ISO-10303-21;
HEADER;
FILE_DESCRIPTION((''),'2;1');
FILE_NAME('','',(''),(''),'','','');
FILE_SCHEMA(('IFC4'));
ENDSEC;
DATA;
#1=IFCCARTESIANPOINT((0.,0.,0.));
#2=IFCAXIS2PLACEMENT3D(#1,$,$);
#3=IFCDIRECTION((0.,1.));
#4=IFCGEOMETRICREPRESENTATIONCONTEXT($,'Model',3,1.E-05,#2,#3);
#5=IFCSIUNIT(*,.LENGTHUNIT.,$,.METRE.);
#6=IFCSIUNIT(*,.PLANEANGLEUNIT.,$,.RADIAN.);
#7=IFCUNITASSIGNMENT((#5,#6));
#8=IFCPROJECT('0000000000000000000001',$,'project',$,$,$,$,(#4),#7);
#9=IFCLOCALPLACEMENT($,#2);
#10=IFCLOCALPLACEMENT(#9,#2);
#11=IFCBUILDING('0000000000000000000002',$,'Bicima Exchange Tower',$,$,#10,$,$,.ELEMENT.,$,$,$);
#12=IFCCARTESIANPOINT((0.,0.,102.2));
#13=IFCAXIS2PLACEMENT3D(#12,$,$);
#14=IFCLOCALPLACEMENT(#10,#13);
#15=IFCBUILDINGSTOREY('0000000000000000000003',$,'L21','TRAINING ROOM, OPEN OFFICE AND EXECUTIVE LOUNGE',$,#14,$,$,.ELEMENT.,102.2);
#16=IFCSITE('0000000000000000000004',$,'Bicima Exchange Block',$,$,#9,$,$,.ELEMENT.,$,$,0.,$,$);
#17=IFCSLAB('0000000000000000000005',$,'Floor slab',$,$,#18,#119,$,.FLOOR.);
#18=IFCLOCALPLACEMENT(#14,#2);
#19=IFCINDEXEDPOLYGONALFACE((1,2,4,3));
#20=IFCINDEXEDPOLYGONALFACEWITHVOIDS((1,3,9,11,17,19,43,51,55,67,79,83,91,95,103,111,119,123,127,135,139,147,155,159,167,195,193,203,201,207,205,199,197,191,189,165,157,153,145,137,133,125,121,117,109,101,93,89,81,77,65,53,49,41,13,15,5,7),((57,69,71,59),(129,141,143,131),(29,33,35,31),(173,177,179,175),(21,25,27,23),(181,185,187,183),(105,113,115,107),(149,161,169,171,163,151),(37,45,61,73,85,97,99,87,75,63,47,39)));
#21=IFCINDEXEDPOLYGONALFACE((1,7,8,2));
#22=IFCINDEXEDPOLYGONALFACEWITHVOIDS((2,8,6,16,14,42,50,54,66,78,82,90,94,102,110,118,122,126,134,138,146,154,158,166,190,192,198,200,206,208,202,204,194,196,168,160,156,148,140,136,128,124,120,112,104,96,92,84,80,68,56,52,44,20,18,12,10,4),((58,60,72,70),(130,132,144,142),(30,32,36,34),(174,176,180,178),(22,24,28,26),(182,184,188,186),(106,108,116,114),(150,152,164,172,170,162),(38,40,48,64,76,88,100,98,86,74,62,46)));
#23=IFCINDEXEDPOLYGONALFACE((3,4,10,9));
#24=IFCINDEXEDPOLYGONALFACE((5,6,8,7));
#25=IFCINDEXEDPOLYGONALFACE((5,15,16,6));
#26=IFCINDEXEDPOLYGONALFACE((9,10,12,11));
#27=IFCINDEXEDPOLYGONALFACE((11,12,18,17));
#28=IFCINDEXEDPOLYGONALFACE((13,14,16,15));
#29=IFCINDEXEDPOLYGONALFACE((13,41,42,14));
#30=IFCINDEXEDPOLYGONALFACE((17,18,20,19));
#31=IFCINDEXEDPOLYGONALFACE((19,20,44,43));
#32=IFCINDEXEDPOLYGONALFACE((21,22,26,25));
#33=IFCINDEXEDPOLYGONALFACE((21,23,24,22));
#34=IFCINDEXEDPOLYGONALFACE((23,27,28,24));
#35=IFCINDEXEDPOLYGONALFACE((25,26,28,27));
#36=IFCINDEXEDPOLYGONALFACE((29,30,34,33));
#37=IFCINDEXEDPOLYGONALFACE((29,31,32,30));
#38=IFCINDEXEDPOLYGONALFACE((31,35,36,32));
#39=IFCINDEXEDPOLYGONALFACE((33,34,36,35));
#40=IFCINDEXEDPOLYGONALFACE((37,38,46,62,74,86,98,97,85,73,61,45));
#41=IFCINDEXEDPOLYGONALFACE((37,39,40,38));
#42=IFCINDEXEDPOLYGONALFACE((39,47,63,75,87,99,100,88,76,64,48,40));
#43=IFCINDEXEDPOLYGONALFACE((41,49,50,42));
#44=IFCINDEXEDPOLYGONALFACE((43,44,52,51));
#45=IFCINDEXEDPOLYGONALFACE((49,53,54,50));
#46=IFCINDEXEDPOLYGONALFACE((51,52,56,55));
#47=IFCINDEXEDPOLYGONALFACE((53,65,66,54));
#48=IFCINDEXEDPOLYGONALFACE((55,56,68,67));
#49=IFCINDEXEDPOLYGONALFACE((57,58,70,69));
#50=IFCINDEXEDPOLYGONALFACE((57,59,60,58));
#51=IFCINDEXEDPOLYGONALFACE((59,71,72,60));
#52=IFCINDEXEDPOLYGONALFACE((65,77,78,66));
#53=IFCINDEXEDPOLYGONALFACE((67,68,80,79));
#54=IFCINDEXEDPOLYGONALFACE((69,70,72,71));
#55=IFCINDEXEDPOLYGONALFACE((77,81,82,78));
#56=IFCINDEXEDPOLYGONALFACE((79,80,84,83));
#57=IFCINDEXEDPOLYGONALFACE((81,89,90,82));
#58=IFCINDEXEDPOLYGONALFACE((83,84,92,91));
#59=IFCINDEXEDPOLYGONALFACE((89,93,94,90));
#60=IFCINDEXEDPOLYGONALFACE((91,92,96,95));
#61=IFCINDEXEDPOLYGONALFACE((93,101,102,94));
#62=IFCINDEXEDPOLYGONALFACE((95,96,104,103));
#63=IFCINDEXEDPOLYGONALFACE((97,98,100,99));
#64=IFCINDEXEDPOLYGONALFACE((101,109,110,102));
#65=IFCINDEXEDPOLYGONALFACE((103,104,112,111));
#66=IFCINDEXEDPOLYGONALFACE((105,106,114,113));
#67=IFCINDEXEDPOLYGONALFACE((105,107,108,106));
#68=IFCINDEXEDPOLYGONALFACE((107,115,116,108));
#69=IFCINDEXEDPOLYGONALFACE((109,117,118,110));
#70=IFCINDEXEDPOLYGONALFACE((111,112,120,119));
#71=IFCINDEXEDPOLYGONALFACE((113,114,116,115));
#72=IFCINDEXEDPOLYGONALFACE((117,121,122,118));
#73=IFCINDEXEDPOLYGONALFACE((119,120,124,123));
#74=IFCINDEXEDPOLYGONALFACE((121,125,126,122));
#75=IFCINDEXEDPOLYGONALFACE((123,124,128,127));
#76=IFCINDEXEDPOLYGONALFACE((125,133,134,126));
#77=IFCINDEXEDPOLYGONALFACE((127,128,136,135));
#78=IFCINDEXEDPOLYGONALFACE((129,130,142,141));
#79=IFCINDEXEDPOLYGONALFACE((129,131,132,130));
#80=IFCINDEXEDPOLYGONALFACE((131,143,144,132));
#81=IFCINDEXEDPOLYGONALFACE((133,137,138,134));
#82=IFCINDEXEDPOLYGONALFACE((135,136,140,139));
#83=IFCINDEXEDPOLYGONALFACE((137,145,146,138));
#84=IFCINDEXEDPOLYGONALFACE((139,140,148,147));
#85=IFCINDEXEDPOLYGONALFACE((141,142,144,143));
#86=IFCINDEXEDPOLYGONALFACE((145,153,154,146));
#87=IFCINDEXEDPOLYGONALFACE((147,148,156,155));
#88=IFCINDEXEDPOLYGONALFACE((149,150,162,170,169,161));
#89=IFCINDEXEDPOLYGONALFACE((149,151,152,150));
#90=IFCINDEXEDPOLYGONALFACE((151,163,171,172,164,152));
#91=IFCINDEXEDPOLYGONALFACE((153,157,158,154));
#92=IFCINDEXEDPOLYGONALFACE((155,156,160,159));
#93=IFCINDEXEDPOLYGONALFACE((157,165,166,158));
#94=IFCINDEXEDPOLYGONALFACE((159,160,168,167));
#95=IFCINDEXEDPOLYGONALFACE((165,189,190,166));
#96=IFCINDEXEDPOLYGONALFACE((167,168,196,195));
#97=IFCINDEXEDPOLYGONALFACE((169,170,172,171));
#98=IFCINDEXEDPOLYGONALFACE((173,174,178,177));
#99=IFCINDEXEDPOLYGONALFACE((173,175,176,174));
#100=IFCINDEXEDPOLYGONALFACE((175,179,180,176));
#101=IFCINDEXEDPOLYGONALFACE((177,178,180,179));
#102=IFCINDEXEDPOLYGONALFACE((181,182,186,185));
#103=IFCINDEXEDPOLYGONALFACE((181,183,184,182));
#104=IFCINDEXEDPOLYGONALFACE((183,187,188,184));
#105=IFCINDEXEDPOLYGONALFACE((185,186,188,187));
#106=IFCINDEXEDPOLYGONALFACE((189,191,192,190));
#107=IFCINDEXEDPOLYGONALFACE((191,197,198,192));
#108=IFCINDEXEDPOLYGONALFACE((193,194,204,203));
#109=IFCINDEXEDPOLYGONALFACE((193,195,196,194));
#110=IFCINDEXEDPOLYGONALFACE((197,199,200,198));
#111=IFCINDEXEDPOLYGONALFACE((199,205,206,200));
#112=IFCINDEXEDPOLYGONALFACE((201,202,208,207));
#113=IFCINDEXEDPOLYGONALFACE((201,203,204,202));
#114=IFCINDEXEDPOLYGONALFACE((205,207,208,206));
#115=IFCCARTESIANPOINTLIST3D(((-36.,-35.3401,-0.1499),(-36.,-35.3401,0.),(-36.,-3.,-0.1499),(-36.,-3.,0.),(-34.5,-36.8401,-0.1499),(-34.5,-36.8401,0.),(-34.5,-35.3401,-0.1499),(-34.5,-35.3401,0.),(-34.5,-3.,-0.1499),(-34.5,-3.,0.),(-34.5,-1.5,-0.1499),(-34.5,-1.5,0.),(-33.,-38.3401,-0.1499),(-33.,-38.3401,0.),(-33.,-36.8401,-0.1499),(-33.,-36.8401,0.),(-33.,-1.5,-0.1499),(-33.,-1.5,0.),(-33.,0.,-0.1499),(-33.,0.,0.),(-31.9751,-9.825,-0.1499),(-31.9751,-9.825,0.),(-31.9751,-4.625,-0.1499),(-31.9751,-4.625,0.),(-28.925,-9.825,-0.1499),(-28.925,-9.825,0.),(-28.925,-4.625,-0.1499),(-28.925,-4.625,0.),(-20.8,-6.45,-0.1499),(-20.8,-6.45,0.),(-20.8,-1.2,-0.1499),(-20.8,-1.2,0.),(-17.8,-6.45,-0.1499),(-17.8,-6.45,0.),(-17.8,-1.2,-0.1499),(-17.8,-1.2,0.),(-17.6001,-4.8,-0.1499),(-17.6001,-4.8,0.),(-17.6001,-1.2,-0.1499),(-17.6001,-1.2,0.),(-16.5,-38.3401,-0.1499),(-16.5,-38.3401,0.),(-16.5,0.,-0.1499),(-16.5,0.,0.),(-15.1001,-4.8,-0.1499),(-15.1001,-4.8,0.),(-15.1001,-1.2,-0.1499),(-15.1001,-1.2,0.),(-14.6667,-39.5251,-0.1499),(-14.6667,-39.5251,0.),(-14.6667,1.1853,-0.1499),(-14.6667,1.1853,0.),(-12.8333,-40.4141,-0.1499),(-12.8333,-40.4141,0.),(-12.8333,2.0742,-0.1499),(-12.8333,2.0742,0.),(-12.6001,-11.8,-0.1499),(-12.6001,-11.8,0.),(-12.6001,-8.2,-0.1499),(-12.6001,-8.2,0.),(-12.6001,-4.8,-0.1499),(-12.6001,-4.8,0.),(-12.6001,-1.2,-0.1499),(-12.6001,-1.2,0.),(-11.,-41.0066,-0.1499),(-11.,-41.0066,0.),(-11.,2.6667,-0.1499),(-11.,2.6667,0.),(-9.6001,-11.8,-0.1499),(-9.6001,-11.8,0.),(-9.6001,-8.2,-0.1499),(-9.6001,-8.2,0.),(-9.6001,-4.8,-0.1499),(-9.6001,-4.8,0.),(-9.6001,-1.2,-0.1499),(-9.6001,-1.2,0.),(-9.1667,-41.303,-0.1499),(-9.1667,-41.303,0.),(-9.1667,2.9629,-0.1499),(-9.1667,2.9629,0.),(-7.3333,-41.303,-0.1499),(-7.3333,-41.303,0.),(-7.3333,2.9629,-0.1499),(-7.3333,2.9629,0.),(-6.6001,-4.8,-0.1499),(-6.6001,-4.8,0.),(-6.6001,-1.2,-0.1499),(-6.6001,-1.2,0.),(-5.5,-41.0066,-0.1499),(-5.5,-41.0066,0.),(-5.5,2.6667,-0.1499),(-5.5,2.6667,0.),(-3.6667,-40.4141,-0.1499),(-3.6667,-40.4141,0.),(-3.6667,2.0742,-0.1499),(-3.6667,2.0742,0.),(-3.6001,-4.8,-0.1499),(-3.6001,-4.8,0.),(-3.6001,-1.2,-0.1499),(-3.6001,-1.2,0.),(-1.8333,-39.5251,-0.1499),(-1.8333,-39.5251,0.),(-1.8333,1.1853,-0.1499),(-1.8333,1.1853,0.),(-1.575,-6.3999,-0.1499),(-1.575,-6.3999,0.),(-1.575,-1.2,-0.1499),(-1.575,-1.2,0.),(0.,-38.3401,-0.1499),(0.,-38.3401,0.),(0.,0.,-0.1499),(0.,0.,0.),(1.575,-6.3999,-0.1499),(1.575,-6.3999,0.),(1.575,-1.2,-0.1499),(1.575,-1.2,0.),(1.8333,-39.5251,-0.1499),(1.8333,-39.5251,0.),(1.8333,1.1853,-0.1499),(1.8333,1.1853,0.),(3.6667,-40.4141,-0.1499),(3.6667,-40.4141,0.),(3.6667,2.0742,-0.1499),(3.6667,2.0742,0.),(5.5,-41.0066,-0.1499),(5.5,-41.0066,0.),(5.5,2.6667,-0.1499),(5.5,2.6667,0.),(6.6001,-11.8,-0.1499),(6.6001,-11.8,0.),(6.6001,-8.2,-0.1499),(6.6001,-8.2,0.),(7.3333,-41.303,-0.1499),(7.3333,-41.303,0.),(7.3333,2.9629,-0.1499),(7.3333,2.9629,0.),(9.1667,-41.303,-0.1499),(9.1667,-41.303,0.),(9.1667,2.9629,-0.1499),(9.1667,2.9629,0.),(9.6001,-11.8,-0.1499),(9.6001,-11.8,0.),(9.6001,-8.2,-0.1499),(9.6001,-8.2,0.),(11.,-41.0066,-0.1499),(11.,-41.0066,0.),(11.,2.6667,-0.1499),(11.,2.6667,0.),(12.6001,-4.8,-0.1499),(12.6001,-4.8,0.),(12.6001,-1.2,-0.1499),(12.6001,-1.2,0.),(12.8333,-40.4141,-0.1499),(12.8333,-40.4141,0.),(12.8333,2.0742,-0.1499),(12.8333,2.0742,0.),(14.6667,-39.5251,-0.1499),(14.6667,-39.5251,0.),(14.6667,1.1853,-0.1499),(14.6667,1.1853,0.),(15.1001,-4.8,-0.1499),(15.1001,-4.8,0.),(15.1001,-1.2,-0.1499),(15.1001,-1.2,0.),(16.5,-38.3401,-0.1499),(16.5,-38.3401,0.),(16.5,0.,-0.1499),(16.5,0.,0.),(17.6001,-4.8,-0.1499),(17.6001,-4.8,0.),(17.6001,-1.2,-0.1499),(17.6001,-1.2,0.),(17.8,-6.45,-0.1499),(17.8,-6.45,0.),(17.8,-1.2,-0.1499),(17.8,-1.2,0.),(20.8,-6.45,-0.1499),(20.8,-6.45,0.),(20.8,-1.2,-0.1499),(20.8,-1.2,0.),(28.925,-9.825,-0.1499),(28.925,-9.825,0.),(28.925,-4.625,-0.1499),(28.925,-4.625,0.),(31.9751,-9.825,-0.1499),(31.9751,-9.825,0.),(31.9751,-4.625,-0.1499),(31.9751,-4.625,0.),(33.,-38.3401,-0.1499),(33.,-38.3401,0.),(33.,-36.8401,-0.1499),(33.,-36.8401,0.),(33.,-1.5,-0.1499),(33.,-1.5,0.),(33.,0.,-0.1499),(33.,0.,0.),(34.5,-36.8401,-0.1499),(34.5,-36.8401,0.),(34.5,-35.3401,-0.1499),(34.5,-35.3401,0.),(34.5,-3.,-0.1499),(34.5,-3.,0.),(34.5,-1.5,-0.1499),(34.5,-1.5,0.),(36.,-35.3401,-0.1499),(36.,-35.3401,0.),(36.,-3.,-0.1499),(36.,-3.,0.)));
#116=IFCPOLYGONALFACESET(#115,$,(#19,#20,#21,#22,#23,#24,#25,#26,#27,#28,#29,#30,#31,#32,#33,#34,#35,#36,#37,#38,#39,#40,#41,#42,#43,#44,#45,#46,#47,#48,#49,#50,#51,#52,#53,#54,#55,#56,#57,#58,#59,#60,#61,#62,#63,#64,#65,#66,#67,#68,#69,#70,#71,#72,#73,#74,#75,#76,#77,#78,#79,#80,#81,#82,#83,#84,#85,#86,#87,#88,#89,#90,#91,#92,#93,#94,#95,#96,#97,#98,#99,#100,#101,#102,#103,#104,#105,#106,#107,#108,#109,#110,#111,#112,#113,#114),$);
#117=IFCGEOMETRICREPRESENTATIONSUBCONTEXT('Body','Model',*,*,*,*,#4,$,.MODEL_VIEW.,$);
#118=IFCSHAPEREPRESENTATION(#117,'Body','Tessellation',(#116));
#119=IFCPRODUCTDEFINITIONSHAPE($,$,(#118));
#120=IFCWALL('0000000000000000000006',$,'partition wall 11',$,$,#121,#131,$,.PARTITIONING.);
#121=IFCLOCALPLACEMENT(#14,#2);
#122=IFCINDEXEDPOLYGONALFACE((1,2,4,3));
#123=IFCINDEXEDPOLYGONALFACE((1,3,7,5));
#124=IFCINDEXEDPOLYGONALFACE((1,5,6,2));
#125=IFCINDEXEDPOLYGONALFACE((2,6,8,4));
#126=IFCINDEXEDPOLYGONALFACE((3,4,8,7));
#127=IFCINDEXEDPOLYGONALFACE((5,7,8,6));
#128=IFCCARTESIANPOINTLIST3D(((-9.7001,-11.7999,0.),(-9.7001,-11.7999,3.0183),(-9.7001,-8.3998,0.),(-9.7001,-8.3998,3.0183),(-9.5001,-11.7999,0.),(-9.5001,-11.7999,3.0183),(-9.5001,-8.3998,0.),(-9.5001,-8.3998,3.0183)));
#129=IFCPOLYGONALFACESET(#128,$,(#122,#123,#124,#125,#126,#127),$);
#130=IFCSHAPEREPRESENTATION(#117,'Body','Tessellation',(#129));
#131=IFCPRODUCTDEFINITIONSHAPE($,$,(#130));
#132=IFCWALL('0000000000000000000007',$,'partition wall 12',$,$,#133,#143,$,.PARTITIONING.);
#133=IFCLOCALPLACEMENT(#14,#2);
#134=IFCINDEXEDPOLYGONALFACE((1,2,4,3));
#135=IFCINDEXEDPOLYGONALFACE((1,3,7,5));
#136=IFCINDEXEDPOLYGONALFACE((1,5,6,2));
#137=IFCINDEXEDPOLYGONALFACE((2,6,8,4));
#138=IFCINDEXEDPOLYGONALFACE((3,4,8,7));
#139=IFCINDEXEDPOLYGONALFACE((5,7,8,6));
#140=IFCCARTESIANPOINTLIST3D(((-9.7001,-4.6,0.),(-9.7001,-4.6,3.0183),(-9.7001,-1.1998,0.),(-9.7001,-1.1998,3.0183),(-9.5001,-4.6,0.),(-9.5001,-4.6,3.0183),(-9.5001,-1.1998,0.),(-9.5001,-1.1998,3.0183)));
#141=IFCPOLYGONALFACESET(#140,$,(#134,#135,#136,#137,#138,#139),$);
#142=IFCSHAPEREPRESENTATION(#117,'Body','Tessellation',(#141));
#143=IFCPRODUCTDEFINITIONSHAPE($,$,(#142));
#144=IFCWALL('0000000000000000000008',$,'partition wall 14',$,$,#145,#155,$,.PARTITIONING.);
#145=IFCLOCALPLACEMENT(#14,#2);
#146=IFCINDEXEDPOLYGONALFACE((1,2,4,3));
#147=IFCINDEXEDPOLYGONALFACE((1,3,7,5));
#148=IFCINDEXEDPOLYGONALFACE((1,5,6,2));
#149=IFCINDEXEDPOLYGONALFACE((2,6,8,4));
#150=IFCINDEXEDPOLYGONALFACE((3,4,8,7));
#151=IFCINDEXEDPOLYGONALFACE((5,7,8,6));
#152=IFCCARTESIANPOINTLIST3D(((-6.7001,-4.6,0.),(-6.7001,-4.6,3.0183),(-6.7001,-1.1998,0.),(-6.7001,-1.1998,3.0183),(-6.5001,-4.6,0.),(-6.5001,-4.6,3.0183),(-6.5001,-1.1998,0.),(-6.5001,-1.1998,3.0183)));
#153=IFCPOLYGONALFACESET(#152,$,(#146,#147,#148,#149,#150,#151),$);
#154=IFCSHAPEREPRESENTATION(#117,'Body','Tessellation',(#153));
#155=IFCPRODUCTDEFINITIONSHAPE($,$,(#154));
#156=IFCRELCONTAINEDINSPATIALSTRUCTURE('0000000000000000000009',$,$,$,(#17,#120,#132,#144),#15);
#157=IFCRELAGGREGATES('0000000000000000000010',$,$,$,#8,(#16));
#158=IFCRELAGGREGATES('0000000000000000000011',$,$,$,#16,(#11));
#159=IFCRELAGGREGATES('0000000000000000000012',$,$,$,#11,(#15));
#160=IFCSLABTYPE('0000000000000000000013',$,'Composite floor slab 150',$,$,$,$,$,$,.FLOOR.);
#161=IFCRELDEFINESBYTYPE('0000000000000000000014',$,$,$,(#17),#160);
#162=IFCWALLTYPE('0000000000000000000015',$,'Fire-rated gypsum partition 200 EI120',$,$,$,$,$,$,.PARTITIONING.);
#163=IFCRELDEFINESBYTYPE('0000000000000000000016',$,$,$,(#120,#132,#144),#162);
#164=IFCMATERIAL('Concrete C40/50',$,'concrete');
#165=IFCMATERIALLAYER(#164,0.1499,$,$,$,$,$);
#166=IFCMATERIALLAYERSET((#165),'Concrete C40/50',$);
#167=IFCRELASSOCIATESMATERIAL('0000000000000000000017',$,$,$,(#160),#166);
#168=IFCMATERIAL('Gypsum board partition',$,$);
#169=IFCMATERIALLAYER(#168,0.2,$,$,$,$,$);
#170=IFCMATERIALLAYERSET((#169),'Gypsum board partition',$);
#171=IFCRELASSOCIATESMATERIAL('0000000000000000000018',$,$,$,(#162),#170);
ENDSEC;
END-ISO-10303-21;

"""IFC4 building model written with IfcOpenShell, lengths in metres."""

from ifc_helpers import new_model, si_unit, direction, frame, frame_2d, origin, place, context, subcontext, project, spatial, polyline, rectangle, outline, extrude, material, layer, layer_set, type_object, element, save


model = new_model("IFC4")

# Units and contexts
model_context = context("Model", 3, precision=1e-05, world=origin(), true_north=direction((0.0, 1.0)))
body_context = subcontext(model_context, "Body", "Model", "MODEL_VIEW")
ifc_project = project(units=[si_unit("LENGTHUNIT", "METRE"), si_unit("PLANEANGLEUNIT", "RADIAN")], contexts=[model_context])

# Site, building, storey
site_placement = place(None, origin())
site = spatial("IfcSite", under=ifc_project, at=site_placement, Name="Bicima Exchange Block", CompositionType="ELEMENT", RefElevation=0.0)
building_placement = place(site_placement, origin())
building = spatial("IfcBuilding", under=site, at=building_placement, Name="Bicima Exchange Tower", CompositionType="ELEMENT")
storey_placement = place(building_placement, frame((0.0, 0.0, 102.2)))
storey = spatial("IfcBuildingStorey", under=building, at=storey_placement, Name="L21", Description="TRAINING ROOM, OPEN OFFICE AND EXECUTIVE LOUNGE", CompositionType="ELEMENT", Elevation=102.2)

# Slab
ifc_material_1 = material(Name="Concrete C40/50", Category="concrete")
ifc_layer_1 = layer(ifc_material_1, 0.1499)
ifc_layer_set_1 = layer_set([ifc_layer_1], Name="Concrete C40/50")
slab_type = type_object("IfcSlabType", Name="Composite floor slab 150", PredefinedType="FLOOR", material=ifc_layer_set_1)
slab_placement = place(storey_placement, frame((0.0, 0.0, -0.1499)))
element("IfcSlab", 1, at=slab_placement, inside=storey, type_object=slab_type, Name="Floor slab", PredefinedType="FLOOR", context=body_context, shape_type="SweptSolid", body=[
    extrude(outline(polyline([(-36.0, -35.3401), (-36.0, -3.0), (-34.5, -3.0), (-34.5, -1.5), (-33.0, -1.5), (-33.0, 0.0), (-16.5, 0.0), (-14.6667, 1.1853), (-12.8333, 2.0742), (-11.0, 2.6667), (-9.1667, 2.9629), (-7.3333, 2.9629), (-5.5, 2.6667), (-3.6667, 2.0742), (-1.8333, 1.1853), (0.0, 0.0), (1.8333, 1.1853), (3.6667, 2.0742), (5.5, 2.6667), (7.3333, 2.9629), (9.1667, 2.9629), (11.0, 2.6667), (12.8333, 2.0742), (14.6667, 1.1853), (16.5, 0.0), (33.0, 0.0), (33.0, -1.5), (34.5, -1.5), (34.5, -3.0), (36.0, -3.0), (36.0, -35.3401), (34.5, -35.3401), (34.5, -36.8401), (33.0, -36.8401), (33.0, -38.3401), (16.5, -38.3401), (14.6667, -39.5251), (12.8333, -40.4141), (11.0, -41.0066), (9.1667, -41.303), (7.3333, -41.303), (5.5, -41.0066), (3.6667, -40.4141), (1.8333, -39.5251), (0.0, -38.3401), (-1.8333, -39.5251), (-3.6667, -40.4141), (-5.5, -41.0066), (-7.3333, -41.303), (-9.1667, -41.303), (-11.0, -41.0066), (-12.8333, -40.4141), (-14.6667, -39.5251), (-16.5, -38.3401), (-33.0, -38.3401), (-33.0, -36.8401), (-34.5, -36.8401), (-34.5, -35.3401), (-36.0, -35.3401)]), holes=[polyline([(-9.6001, -11.8), (-9.6001, -8.2), (-12.6001, -8.2), (-12.6001, -11.8), (-9.6001, -11.8)]), polyline([(-31.9751, -9.825), (-28.925, -9.825), (-28.925, -4.625), (-31.9751, -4.625), (-31.9751, -9.825)]), polyline([(-20.8, -6.45), (-17.8, -6.45), (-17.8, -1.2), (-20.8, -1.2), (-20.8, -6.45)]), polyline([(-9.6001, -1.2), (-12.6001, -1.2), (-15.1001, -1.2), (-17.6001, -1.2), (-17.6001, -4.8), (-15.1001, -4.8), (-12.6001, -4.8), (-9.6001, -4.8), (-6.6001, -4.8), (-3.6001, -4.8), (-3.6001, -1.2), (-6.6001, -1.2), (-9.6001, -1.2)]), polyline([(9.6001, -11.8), (9.6001, -8.2), (6.6001, -8.2), (6.6001, -11.8), (9.6001, -11.8)]), polyline([(28.925, -9.825), (31.9751, -9.825), (31.9751, -4.625), (28.925, -4.625), (28.925, -9.825)]), polyline([(17.8, -6.45), (20.8, -6.45), (20.8, -1.2), (17.8, -1.2), (17.8, -6.45)]), polyline([(-1.575, -6.3999), (1.575, -6.3999), (1.575, -1.2), (-1.575, -1.2), (-1.575, -6.3999)]), polyline([(17.6001, -4.8), (17.6001, -1.2), (15.1001, -1.2), (12.6001, -1.2), (12.6001, -4.8), (15.1001, -4.8), (17.6001, -4.8)])]), origin(), (0.0, 0.0, 1.0), 0.1499),
])

# Walls
ifc_material_2 = material(Name="Gypsum board partition")
ifc_layer_2 = layer(ifc_material_2, 0.2)
ifc_layer_set_2 = layer_set([ifc_layer_2], Name="Gypsum board partition")
wall_type_1 = type_object("IfcWallType", Name="Fire-rated gypsum partition 200 EI120", PredefinedType="PARTITIONING", material=ifc_layer_set_2)
for number, where, z_axis, x_axis, name in (
    (2, (-9.6001, -11.8, 0.0), (0.0, 0.0, 1.0), (0.0, 1.0, 0.0), "partition wall 11"),
    (3, (-9.6001, -4.6001, 0.0), (0.0, 0.0, 1.0), (0.0, 1.0, 0.0), "partition wall 12"),
    (4, (-6.6001, -4.6001, 0.0), (0.0, 0.0, 1.0), (0.0, 1.0, 0.0), "partition wall 14"),
):
    element("IfcWall", number, at=place(storey_placement, frame(where, z_axis=z_axis, x_axis=x_axis)), inside=storey, type_object=wall_type_1, Name=name, PredefinedType="PARTITIONING", context=body_context, shape_type="SweptSolid", body=[
        extrude(rectangle(XDim=3.4001, YDim=0.2, at=frame_2d((1.7002, 0.0))), origin(), (0.0, 0.0, 1.0), 3.0183),
    ])

save(model, "model.ifc")
